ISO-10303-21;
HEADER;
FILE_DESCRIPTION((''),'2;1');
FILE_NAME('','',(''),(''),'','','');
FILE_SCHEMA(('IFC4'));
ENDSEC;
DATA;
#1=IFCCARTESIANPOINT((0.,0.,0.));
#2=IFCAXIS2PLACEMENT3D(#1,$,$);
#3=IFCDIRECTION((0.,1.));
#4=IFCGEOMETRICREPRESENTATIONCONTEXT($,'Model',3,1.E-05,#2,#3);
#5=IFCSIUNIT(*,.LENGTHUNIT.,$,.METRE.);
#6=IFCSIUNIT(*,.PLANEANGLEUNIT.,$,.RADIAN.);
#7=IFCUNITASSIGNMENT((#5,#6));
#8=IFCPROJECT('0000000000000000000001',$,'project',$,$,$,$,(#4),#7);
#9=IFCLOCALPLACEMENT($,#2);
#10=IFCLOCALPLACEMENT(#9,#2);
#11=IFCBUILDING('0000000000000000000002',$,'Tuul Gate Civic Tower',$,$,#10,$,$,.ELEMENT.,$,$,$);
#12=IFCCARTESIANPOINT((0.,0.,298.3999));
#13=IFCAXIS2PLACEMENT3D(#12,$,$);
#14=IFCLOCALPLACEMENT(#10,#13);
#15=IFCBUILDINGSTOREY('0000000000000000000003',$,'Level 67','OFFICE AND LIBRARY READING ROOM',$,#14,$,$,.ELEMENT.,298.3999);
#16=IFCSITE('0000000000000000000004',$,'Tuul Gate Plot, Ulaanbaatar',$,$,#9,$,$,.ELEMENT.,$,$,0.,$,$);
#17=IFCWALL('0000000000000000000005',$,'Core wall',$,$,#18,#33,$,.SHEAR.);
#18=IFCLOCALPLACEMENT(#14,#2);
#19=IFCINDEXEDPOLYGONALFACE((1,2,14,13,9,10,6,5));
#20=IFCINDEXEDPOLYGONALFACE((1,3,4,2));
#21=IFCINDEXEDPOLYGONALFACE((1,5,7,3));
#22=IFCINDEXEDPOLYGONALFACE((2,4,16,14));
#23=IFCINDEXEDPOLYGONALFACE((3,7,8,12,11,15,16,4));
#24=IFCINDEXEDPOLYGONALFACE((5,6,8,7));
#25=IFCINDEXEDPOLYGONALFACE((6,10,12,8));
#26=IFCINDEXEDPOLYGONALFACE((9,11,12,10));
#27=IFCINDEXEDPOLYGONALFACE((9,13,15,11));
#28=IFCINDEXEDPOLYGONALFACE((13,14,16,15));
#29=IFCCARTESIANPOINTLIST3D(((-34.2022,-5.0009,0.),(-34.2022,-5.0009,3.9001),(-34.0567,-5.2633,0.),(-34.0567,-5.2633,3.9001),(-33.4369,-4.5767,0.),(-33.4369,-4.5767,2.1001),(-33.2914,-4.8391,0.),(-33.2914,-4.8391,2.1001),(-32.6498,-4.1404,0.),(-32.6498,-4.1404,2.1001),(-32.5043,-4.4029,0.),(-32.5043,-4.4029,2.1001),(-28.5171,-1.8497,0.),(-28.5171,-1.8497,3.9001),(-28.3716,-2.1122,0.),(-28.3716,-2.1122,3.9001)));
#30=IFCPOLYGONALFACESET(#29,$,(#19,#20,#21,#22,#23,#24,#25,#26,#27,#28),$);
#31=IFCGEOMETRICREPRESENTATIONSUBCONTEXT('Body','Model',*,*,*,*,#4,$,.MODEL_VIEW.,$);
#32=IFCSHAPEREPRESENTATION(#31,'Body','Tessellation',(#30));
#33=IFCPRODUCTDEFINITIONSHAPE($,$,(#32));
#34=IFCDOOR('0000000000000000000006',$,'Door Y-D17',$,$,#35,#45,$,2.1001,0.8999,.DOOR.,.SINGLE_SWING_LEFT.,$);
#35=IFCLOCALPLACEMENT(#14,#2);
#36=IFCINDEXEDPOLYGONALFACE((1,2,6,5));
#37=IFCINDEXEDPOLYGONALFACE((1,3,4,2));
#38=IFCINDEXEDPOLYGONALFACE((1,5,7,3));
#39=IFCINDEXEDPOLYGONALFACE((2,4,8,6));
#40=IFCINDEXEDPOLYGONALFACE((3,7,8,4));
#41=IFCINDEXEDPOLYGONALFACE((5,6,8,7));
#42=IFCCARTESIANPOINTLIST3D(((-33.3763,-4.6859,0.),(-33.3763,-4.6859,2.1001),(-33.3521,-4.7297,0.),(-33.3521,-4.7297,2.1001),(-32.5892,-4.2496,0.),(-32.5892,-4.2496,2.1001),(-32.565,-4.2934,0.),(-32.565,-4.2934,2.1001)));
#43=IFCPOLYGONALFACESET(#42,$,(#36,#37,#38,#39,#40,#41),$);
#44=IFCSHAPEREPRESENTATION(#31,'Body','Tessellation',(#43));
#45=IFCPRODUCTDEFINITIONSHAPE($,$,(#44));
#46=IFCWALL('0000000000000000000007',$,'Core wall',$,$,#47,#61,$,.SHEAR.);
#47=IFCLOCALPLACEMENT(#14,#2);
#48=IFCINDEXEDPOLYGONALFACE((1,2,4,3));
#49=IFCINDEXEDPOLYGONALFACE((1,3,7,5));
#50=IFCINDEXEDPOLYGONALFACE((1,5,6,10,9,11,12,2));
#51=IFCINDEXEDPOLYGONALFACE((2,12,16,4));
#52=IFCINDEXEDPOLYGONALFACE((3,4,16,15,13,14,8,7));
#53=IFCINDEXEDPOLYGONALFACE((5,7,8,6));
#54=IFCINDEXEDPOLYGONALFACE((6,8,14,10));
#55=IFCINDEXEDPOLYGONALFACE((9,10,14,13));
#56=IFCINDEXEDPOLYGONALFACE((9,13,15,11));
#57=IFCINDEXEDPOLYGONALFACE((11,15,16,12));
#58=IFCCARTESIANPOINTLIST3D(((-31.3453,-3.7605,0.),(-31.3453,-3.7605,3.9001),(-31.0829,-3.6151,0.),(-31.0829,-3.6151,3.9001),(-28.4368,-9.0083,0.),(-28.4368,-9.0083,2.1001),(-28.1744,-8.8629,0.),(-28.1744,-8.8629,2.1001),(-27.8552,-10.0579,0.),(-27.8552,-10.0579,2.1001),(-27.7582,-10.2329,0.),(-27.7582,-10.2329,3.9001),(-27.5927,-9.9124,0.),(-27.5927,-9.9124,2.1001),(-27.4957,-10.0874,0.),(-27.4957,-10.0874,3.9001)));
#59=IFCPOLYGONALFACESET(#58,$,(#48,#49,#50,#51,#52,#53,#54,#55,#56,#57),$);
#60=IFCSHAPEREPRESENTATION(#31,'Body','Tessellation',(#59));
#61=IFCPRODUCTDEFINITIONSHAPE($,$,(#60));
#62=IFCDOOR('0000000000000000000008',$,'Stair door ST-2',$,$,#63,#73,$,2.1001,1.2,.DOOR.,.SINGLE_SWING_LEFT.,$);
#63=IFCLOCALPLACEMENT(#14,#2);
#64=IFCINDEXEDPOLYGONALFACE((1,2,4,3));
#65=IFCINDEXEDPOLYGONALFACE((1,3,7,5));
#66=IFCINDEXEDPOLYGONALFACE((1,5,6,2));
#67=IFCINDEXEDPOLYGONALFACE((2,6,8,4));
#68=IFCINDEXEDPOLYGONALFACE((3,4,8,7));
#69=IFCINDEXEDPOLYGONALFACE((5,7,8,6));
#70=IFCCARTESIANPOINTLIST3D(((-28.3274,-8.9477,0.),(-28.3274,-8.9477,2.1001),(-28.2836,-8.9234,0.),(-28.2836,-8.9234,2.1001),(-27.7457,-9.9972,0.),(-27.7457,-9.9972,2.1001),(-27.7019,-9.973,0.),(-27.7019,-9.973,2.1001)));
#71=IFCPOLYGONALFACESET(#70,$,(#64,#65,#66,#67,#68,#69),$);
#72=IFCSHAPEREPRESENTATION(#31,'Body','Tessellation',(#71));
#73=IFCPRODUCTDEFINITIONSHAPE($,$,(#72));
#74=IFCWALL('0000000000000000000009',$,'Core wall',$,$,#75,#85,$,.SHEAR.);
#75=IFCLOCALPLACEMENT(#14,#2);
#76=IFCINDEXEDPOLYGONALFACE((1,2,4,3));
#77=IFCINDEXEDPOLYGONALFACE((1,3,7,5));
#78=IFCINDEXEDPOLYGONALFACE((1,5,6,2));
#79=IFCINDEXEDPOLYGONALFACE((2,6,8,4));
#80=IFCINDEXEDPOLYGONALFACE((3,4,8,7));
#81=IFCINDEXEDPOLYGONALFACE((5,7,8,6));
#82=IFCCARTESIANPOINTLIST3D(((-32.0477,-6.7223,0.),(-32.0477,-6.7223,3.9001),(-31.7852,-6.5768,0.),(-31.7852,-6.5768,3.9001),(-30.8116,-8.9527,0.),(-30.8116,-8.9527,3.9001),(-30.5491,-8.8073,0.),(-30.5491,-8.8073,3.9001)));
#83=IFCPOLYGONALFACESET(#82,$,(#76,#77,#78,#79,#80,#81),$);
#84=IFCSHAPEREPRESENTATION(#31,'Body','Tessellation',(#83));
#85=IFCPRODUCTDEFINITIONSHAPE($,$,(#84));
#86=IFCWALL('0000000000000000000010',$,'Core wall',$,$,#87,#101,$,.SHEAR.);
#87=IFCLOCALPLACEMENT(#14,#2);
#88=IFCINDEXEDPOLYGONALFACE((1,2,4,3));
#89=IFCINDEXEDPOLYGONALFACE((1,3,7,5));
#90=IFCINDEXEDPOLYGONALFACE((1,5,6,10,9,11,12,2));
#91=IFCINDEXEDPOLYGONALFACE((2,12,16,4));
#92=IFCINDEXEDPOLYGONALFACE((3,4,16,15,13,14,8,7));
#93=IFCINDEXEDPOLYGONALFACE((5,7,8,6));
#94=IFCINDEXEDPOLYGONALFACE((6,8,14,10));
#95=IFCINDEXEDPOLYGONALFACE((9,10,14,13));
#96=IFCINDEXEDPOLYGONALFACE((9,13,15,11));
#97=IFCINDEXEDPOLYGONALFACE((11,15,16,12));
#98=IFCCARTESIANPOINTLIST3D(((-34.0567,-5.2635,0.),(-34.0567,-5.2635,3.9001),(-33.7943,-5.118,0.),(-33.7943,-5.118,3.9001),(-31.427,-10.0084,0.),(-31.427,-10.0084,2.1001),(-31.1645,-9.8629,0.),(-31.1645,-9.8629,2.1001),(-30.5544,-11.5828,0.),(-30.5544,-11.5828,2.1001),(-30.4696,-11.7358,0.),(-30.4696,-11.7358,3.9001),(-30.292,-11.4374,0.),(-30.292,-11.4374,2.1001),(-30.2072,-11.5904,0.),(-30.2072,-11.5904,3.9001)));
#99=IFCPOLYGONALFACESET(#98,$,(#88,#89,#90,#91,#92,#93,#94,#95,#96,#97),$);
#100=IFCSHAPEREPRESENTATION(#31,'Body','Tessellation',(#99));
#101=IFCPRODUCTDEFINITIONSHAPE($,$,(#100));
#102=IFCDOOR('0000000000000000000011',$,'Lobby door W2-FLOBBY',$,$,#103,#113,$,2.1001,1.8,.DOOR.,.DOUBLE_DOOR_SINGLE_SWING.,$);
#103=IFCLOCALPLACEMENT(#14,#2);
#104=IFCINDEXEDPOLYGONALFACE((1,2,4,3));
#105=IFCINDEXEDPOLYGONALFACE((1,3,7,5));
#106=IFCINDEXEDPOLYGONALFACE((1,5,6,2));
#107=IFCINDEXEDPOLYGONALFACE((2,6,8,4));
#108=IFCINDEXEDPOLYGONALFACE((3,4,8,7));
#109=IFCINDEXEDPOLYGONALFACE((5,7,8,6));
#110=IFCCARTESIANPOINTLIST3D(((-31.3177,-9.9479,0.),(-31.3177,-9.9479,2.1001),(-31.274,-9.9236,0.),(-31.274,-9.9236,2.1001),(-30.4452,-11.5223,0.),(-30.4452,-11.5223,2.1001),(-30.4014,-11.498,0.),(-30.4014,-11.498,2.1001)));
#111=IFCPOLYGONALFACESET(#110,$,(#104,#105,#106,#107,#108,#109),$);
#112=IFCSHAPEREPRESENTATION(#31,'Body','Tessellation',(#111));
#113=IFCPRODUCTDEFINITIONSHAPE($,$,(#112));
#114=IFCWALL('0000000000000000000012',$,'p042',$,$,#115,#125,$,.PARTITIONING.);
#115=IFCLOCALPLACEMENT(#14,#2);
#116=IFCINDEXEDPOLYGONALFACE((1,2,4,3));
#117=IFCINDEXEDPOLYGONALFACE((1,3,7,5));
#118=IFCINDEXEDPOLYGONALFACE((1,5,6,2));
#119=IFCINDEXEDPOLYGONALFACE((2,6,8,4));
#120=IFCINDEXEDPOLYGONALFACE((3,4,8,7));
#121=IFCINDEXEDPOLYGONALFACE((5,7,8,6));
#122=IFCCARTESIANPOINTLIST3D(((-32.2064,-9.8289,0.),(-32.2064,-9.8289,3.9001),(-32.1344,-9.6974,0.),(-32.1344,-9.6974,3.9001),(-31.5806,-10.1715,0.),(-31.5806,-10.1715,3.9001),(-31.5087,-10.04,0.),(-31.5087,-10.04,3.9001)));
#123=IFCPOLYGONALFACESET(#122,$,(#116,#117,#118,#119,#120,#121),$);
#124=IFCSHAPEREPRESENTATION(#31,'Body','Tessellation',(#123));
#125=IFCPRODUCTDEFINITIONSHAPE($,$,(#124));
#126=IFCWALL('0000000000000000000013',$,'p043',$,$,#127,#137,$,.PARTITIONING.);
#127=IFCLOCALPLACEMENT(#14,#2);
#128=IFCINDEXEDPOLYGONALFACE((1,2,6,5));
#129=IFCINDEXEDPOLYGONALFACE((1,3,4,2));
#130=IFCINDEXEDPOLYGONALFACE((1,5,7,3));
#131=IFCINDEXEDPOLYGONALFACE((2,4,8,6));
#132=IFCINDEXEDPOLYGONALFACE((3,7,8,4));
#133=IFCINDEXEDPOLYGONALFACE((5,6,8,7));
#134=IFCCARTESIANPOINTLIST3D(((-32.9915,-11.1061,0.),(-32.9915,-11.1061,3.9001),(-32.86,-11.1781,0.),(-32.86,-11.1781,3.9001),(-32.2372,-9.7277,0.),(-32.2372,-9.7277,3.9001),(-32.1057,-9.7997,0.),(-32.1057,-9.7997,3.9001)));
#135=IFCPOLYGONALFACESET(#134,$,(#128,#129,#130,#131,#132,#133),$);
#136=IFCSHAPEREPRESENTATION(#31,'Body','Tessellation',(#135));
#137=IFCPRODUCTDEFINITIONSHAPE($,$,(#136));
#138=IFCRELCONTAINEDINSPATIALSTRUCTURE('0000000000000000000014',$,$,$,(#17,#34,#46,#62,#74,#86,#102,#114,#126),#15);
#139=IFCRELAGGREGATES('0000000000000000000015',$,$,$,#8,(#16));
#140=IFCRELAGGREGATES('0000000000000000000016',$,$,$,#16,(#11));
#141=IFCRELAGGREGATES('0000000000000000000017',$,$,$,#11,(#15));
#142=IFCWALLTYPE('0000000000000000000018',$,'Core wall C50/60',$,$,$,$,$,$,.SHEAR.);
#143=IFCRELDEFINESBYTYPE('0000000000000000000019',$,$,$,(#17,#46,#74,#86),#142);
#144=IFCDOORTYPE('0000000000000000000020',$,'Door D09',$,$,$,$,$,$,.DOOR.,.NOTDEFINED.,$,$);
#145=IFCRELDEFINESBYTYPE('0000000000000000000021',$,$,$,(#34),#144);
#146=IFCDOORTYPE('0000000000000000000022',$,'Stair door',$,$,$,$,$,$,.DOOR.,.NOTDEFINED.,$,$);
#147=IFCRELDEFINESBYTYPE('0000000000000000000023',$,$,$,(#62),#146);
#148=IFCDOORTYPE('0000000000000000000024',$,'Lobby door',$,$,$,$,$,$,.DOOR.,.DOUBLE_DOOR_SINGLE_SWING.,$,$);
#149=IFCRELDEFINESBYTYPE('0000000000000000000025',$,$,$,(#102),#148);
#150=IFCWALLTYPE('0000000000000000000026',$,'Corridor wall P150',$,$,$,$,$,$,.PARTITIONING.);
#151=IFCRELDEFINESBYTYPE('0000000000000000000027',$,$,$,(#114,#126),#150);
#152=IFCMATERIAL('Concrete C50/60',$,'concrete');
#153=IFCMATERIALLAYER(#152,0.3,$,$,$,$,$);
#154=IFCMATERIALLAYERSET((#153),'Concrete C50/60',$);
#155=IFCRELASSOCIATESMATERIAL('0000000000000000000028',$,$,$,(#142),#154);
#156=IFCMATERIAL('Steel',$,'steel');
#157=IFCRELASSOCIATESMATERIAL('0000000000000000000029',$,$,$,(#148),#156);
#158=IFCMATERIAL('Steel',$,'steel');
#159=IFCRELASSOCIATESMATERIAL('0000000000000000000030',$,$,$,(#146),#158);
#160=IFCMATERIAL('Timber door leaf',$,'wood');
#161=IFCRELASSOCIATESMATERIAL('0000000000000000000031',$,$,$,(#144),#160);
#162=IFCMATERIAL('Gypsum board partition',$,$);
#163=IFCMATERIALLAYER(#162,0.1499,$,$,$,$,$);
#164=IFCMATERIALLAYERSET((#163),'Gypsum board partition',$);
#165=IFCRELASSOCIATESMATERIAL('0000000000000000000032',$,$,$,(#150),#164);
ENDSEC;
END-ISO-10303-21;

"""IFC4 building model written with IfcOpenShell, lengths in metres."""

from ifc_helpers import new_model, si_unit, direction, frame, frame_2d, origin, place, context, subcontext, project, spatial, rectangle, extrude, material, layer, layer_set, type_object, element, fill, save


model = new_model("IFC4")

# Units and contexts
model_context = context("Model", 3, precision=1e-05, world=origin(), true_north=direction((0.0, 1.0)))
body_context = subcontext(model_context, "Body", "Model", "MODEL_VIEW")
ifc_project = project(units=[si_unit("LENGTHUNIT", "METRE"), si_unit("PLANEANGLEUNIT", "RADIAN")], contexts=[model_context])

# Site, building, storey
site_placement = place(None, origin())
site = spatial("IfcSite", under=ifc_project, at=site_placement, Name="Tuul Gate Plot, Ulaanbaatar", CompositionType="ELEMENT", RefElevation=0.0)
building_placement = place(site_placement, origin())
building = spatial("IfcBuilding", under=site, at=building_placement, Name="Tuul Gate Civic Tower", CompositionType="ELEMENT")
storey_placement = place(building_placement, frame((0.0, 0.0, 298.3999)))
storey = spatial("IfcBuildingStorey", under=building, at=storey_placement, Name="Level 67", Description="OFFICE AND LIBRARY READING ROOM", CompositionType="ELEMENT", Elevation=298.3999)

# Shared definitions
ifc_material_1 = material(Name="Concrete C50/60", Category="concrete")
ifc_layer_1 = layer(ifc_material_1, 0.3)
ifc_layer_set_1 = layer_set([ifc_layer_1], Name="Concrete C50/60")
wall_type_1 = type_object("IfcWallType", Name="Core wall C50/60", PredefinedType="SHEAR", material=ifc_layer_set_1)
ifc_material_2 = material(Name="Steel", Category="steel")
door_type_1 = type_object("IfcDoorType", Name="Lobby door", OperationType="DOUBLE_DOOR_SINGLE_SWING", PredefinedType="DOOR", material=ifc_material_2)

# Shared definitions
ifc_material_3 = material(Name="Steel", Category="steel")
door_type_2 = type_object("IfcDoorType", Name="Stair door", OperationType="NOTDEFINED", PredefinedType="DOOR", material=ifc_material_3)

# Walls, openings, doors
wall_1_placement = place(storey_placement, frame((-28.4443, -1.981, 0.0), z_axis=(0.0, 0.0, 1.0), x_axis=(-0.87463, -0.484791, 0.0)))
wall_1 = element("IfcWall", 1, at=wall_1_placement, inside=storey, type_object=wall_type_1, Name="Core wall", PredefinedType="SHEAR", context=body_context, shape_type="SweptSolid", body=[
    extrude(rectangle(XDim=6.5, YDim=0.3, at=frame_2d((3.25, 0.0))), origin(), (0.0, 0.0, 1.0), 3.9001),
])
opening_1_placement = place(wall_1_placement, frame((4.7251, 0.0, 0.0)))
opening_1 = element("IfcOpeningElement", 2, at=opening_1_placement, cuts=wall_1, PredefinedType="OPENING", context=body_context, shape_type="SweptSolid", body=[
    extrude(rectangle(XDim=0.8999, YDim=2.1001, at=frame_2d((0.45, 1.05))), frame((0.0, 0.1602, 0.0), z_axis=(0.0, -1.0, 0.0), x_axis=(1.0, 0.0, 0.0)), (0.0, 0.0, 1.0), 0.3201),
])
ifc_material_4 = material(Name="Timber door leaf", Category="wood")
door_type_3 = type_object("IfcDoorType", Name="Door D09", OperationType="NOTDEFINED", PredefinedType="DOOR", material=ifc_material_4)
door_1_placement = place(opening_1_placement, origin())
door_1 = element("IfcDoor", 3, at=door_1_placement, inside=storey, type_object=door_type_3, Name="Door Y-D17", OperationType="SINGLE_SWING_LEFT", OverallHeight=2.1001, OverallWidth=0.8999, PredefinedType="DOOR", context=body_context, shape_type="SweptSolid", body=[
    extrude(rectangle(XDim=0.8999, YDim=2.1001, at=frame_2d((0.45, 1.05))), frame((0.0, 0.0249, 0.0), z_axis=(0.0, -1.0, 0.0), x_axis=(1.0, 0.0, 0.0)), (0.0, 0.0, 1.0), 0.05),
])
fill(opening_1, door_1)
wall_2_placement = place(storey_placement, frame((-27.627, -10.1602, 0.0), z_axis=(0.0, 0.0, 1.0), x_axis=(-0.484752, 0.874652, 0.0)))
wall_2 = element("IfcWall", 4, at=wall_2_placement, inside=storey, type_object=wall_type_1, Name="Core wall", PredefinedType="SHEAR", context=body_context, shape_type="SweptSolid", body=[
    extrude(rectangle(XDim=7.3999, YDim=0.3, at=frame_2d((3.7, 0.0))), origin(), (0.0, 0.0, 1.0), 3.9001),
])
opening_2_placement = place(wall_2_placement, frame((0.2, 0.0, 0.0)))
opening_2 = element("IfcOpeningElement", 5, at=opening_2_placement, cuts=wall_2, PredefinedType="OPENING", context=body_context, shape_type="SweptSolid", body=[
    extrude(rectangle(XDim=1.2, YDim=2.1001, at=frame_2d((0.6001, 1.05))), frame((0.0, 0.1602, 0.0), z_axis=(0.0, -1.0, 0.0), x_axis=(1.0, 0.0, 0.0)), (0.0, 0.0, 1.0), 0.3201),
])
door_2_placement = place(opening_2_placement, origin())
door_2 = element("IfcDoor", 6, at=door_2_placement, inside=storey, type_object=door_type_2, Name="Stair door ST-2", OperationType="SINGLE_SWING_LEFT", OverallHeight=2.1001, OverallWidth=1.2, PredefinedType="DOOR", context=body_context, shape_type="SweptSolid", body=[
    extrude(rectangle(XDim=1.2, YDim=2.1001, at=frame_2d((0.6001, 1.05))), frame((0.0, 0.0249, 0.0), z_axis=(0.0, -1.0, 0.0), x_axis=(1.0, 0.0, 0.0)), (0.0, 0.0, 1.0), 0.05),
])
fill(opening_2, door_2)

# Wall
wall_3_placement = place(storey_placement, frame((-30.6804, -8.8799, 0.0), z_axis=(0.0, 0.0, 1.0), x_axis=(-0.484724, 0.874667, 0.0)))
element("IfcWall", 7, at=wall_3_placement, inside=storey, type_object=wall_type_1, Name="Core wall", PredefinedType="SHEAR", context=body_context, shape_type="SweptSolid", body=[
    extrude(rectangle(XDim=2.55, YDim=0.3, at=frame_2d((1.2749, 0.0))), origin(), (0.0, 0.0, 1.0), 3.9001),
])

# Wall, opening, door
wall_4_placement = place(storey_placement, frame((-30.3384, -11.6631, 0.0), z_axis=(0.0, 0.0, 1.0), x_axis=(-0.484752, 0.874652, 0.0)))
wall_4 = element("IfcWall", 8, at=wall_4_placement, inside=storey, type_object=wall_type_1, Name="Core wall", PredefinedType="SHEAR", context=body_context, shape_type="SweptSolid", body=[
    extrude(rectangle(XDim=7.3999, YDim=0.3, at=frame_2d((3.7, 0.0))), origin(), (0.0, 0.0, 1.0), 3.9001),
])
opening_3_placement = place(wall_4_placement, frame((0.175, 0.0, 0.0)))
opening_3 = element("IfcOpeningElement", 9, at=opening_3_placement, cuts=wall_4, PredefinedType="OPENING", context=body_context, shape_type="SweptSolid", body=[
    extrude(rectangle(XDim=1.8, YDim=2.1001, at=frame_2d((0.8999, 1.05))), frame((0.0, 0.1602, 0.0), z_axis=(0.0, -1.0, 0.0), x_axis=(1.0, 0.0, 0.0)), (0.0, 0.0, 1.0), 0.3201),
])
door_3_placement = place(opening_3_placement, frame((1.8, 0.0, 0.0), z_axis=(0.0, 0.0, 1.0), x_axis=(-1.0, 0.0, 0.0)))
door_3 = element("IfcDoor", 10, at=door_3_placement, inside=storey, type_object=door_type_1, Name="Lobby door W2-FLOBBY", OperationType="DOUBLE_DOOR_SINGLE_SWING", OverallHeight=2.1001, OverallWidth=1.8, PredefinedType="DOOR", context=body_context, shape_type="SweptSolid", body=[
    extrude(rectangle(XDim=1.8, YDim=2.1001, at=frame_2d((0.9001, 1.05))), frame((0.0, 0.0249, 0.0), z_axis=(0.0, -1.0, 0.0), x_axis=(1.0, 0.0, 0.0)), (0.0, 0.0, 1.0), 0.05),
])
fill(opening_3, door_3)

# Walls
ifc_material_5 = material(Name="Gypsum board partition")
ifc_layer_2 = layer(ifc_material_5, 0.1499)
ifc_layer_set_2 = layer_set([ifc_layer_2], Name="Gypsum board partition")
wall_type_2 = type_object("IfcWallType", Name="Corridor wall P150", PredefinedType="PARTITIONING", material=ifc_layer_set_2)
wall_5_placement = place(storey_placement, frame((-32.1704, -9.7632, 0.0), z_axis=(0.0, 0.0, 1.0), x_axis=(0.877175, -0.48017, 0.0)))
element("IfcWall", 11, at=wall_5_placement, inside=storey, type_object=wall_type_2, Name="p042", PredefinedType="PARTITIONING", context=body_context, shape_type="SweptSolid", body=[
    extrude(rectangle(XDim=0.7134, YDim=0.1499, at=frame_2d((0.3567, 0.0))), origin(), (0.0, 0.0, 1.0), 3.9001),
])
wall_6_placement = place(storey_placement, frame((-32.9258, -11.1421, 0.0), z_axis=(0.0, 0.0, 1.0), x_axis=(0.480093, 0.877218, 0.0)))
element("IfcWall", 12, at=wall_6_placement, inside=storey, type_object=wall_type_2, Name="p043", PredefinedType="PARTITIONING", context=body_context, shape_type="SweptSolid", body=[
    extrude(rectangle(XDim=1.5713, YDim=0.1499, at=frame_2d((0.7856, 0.0))), origin(), (0.0, 0.0, 1.0), 3.9001),
])

save(model, "model.ifc")
